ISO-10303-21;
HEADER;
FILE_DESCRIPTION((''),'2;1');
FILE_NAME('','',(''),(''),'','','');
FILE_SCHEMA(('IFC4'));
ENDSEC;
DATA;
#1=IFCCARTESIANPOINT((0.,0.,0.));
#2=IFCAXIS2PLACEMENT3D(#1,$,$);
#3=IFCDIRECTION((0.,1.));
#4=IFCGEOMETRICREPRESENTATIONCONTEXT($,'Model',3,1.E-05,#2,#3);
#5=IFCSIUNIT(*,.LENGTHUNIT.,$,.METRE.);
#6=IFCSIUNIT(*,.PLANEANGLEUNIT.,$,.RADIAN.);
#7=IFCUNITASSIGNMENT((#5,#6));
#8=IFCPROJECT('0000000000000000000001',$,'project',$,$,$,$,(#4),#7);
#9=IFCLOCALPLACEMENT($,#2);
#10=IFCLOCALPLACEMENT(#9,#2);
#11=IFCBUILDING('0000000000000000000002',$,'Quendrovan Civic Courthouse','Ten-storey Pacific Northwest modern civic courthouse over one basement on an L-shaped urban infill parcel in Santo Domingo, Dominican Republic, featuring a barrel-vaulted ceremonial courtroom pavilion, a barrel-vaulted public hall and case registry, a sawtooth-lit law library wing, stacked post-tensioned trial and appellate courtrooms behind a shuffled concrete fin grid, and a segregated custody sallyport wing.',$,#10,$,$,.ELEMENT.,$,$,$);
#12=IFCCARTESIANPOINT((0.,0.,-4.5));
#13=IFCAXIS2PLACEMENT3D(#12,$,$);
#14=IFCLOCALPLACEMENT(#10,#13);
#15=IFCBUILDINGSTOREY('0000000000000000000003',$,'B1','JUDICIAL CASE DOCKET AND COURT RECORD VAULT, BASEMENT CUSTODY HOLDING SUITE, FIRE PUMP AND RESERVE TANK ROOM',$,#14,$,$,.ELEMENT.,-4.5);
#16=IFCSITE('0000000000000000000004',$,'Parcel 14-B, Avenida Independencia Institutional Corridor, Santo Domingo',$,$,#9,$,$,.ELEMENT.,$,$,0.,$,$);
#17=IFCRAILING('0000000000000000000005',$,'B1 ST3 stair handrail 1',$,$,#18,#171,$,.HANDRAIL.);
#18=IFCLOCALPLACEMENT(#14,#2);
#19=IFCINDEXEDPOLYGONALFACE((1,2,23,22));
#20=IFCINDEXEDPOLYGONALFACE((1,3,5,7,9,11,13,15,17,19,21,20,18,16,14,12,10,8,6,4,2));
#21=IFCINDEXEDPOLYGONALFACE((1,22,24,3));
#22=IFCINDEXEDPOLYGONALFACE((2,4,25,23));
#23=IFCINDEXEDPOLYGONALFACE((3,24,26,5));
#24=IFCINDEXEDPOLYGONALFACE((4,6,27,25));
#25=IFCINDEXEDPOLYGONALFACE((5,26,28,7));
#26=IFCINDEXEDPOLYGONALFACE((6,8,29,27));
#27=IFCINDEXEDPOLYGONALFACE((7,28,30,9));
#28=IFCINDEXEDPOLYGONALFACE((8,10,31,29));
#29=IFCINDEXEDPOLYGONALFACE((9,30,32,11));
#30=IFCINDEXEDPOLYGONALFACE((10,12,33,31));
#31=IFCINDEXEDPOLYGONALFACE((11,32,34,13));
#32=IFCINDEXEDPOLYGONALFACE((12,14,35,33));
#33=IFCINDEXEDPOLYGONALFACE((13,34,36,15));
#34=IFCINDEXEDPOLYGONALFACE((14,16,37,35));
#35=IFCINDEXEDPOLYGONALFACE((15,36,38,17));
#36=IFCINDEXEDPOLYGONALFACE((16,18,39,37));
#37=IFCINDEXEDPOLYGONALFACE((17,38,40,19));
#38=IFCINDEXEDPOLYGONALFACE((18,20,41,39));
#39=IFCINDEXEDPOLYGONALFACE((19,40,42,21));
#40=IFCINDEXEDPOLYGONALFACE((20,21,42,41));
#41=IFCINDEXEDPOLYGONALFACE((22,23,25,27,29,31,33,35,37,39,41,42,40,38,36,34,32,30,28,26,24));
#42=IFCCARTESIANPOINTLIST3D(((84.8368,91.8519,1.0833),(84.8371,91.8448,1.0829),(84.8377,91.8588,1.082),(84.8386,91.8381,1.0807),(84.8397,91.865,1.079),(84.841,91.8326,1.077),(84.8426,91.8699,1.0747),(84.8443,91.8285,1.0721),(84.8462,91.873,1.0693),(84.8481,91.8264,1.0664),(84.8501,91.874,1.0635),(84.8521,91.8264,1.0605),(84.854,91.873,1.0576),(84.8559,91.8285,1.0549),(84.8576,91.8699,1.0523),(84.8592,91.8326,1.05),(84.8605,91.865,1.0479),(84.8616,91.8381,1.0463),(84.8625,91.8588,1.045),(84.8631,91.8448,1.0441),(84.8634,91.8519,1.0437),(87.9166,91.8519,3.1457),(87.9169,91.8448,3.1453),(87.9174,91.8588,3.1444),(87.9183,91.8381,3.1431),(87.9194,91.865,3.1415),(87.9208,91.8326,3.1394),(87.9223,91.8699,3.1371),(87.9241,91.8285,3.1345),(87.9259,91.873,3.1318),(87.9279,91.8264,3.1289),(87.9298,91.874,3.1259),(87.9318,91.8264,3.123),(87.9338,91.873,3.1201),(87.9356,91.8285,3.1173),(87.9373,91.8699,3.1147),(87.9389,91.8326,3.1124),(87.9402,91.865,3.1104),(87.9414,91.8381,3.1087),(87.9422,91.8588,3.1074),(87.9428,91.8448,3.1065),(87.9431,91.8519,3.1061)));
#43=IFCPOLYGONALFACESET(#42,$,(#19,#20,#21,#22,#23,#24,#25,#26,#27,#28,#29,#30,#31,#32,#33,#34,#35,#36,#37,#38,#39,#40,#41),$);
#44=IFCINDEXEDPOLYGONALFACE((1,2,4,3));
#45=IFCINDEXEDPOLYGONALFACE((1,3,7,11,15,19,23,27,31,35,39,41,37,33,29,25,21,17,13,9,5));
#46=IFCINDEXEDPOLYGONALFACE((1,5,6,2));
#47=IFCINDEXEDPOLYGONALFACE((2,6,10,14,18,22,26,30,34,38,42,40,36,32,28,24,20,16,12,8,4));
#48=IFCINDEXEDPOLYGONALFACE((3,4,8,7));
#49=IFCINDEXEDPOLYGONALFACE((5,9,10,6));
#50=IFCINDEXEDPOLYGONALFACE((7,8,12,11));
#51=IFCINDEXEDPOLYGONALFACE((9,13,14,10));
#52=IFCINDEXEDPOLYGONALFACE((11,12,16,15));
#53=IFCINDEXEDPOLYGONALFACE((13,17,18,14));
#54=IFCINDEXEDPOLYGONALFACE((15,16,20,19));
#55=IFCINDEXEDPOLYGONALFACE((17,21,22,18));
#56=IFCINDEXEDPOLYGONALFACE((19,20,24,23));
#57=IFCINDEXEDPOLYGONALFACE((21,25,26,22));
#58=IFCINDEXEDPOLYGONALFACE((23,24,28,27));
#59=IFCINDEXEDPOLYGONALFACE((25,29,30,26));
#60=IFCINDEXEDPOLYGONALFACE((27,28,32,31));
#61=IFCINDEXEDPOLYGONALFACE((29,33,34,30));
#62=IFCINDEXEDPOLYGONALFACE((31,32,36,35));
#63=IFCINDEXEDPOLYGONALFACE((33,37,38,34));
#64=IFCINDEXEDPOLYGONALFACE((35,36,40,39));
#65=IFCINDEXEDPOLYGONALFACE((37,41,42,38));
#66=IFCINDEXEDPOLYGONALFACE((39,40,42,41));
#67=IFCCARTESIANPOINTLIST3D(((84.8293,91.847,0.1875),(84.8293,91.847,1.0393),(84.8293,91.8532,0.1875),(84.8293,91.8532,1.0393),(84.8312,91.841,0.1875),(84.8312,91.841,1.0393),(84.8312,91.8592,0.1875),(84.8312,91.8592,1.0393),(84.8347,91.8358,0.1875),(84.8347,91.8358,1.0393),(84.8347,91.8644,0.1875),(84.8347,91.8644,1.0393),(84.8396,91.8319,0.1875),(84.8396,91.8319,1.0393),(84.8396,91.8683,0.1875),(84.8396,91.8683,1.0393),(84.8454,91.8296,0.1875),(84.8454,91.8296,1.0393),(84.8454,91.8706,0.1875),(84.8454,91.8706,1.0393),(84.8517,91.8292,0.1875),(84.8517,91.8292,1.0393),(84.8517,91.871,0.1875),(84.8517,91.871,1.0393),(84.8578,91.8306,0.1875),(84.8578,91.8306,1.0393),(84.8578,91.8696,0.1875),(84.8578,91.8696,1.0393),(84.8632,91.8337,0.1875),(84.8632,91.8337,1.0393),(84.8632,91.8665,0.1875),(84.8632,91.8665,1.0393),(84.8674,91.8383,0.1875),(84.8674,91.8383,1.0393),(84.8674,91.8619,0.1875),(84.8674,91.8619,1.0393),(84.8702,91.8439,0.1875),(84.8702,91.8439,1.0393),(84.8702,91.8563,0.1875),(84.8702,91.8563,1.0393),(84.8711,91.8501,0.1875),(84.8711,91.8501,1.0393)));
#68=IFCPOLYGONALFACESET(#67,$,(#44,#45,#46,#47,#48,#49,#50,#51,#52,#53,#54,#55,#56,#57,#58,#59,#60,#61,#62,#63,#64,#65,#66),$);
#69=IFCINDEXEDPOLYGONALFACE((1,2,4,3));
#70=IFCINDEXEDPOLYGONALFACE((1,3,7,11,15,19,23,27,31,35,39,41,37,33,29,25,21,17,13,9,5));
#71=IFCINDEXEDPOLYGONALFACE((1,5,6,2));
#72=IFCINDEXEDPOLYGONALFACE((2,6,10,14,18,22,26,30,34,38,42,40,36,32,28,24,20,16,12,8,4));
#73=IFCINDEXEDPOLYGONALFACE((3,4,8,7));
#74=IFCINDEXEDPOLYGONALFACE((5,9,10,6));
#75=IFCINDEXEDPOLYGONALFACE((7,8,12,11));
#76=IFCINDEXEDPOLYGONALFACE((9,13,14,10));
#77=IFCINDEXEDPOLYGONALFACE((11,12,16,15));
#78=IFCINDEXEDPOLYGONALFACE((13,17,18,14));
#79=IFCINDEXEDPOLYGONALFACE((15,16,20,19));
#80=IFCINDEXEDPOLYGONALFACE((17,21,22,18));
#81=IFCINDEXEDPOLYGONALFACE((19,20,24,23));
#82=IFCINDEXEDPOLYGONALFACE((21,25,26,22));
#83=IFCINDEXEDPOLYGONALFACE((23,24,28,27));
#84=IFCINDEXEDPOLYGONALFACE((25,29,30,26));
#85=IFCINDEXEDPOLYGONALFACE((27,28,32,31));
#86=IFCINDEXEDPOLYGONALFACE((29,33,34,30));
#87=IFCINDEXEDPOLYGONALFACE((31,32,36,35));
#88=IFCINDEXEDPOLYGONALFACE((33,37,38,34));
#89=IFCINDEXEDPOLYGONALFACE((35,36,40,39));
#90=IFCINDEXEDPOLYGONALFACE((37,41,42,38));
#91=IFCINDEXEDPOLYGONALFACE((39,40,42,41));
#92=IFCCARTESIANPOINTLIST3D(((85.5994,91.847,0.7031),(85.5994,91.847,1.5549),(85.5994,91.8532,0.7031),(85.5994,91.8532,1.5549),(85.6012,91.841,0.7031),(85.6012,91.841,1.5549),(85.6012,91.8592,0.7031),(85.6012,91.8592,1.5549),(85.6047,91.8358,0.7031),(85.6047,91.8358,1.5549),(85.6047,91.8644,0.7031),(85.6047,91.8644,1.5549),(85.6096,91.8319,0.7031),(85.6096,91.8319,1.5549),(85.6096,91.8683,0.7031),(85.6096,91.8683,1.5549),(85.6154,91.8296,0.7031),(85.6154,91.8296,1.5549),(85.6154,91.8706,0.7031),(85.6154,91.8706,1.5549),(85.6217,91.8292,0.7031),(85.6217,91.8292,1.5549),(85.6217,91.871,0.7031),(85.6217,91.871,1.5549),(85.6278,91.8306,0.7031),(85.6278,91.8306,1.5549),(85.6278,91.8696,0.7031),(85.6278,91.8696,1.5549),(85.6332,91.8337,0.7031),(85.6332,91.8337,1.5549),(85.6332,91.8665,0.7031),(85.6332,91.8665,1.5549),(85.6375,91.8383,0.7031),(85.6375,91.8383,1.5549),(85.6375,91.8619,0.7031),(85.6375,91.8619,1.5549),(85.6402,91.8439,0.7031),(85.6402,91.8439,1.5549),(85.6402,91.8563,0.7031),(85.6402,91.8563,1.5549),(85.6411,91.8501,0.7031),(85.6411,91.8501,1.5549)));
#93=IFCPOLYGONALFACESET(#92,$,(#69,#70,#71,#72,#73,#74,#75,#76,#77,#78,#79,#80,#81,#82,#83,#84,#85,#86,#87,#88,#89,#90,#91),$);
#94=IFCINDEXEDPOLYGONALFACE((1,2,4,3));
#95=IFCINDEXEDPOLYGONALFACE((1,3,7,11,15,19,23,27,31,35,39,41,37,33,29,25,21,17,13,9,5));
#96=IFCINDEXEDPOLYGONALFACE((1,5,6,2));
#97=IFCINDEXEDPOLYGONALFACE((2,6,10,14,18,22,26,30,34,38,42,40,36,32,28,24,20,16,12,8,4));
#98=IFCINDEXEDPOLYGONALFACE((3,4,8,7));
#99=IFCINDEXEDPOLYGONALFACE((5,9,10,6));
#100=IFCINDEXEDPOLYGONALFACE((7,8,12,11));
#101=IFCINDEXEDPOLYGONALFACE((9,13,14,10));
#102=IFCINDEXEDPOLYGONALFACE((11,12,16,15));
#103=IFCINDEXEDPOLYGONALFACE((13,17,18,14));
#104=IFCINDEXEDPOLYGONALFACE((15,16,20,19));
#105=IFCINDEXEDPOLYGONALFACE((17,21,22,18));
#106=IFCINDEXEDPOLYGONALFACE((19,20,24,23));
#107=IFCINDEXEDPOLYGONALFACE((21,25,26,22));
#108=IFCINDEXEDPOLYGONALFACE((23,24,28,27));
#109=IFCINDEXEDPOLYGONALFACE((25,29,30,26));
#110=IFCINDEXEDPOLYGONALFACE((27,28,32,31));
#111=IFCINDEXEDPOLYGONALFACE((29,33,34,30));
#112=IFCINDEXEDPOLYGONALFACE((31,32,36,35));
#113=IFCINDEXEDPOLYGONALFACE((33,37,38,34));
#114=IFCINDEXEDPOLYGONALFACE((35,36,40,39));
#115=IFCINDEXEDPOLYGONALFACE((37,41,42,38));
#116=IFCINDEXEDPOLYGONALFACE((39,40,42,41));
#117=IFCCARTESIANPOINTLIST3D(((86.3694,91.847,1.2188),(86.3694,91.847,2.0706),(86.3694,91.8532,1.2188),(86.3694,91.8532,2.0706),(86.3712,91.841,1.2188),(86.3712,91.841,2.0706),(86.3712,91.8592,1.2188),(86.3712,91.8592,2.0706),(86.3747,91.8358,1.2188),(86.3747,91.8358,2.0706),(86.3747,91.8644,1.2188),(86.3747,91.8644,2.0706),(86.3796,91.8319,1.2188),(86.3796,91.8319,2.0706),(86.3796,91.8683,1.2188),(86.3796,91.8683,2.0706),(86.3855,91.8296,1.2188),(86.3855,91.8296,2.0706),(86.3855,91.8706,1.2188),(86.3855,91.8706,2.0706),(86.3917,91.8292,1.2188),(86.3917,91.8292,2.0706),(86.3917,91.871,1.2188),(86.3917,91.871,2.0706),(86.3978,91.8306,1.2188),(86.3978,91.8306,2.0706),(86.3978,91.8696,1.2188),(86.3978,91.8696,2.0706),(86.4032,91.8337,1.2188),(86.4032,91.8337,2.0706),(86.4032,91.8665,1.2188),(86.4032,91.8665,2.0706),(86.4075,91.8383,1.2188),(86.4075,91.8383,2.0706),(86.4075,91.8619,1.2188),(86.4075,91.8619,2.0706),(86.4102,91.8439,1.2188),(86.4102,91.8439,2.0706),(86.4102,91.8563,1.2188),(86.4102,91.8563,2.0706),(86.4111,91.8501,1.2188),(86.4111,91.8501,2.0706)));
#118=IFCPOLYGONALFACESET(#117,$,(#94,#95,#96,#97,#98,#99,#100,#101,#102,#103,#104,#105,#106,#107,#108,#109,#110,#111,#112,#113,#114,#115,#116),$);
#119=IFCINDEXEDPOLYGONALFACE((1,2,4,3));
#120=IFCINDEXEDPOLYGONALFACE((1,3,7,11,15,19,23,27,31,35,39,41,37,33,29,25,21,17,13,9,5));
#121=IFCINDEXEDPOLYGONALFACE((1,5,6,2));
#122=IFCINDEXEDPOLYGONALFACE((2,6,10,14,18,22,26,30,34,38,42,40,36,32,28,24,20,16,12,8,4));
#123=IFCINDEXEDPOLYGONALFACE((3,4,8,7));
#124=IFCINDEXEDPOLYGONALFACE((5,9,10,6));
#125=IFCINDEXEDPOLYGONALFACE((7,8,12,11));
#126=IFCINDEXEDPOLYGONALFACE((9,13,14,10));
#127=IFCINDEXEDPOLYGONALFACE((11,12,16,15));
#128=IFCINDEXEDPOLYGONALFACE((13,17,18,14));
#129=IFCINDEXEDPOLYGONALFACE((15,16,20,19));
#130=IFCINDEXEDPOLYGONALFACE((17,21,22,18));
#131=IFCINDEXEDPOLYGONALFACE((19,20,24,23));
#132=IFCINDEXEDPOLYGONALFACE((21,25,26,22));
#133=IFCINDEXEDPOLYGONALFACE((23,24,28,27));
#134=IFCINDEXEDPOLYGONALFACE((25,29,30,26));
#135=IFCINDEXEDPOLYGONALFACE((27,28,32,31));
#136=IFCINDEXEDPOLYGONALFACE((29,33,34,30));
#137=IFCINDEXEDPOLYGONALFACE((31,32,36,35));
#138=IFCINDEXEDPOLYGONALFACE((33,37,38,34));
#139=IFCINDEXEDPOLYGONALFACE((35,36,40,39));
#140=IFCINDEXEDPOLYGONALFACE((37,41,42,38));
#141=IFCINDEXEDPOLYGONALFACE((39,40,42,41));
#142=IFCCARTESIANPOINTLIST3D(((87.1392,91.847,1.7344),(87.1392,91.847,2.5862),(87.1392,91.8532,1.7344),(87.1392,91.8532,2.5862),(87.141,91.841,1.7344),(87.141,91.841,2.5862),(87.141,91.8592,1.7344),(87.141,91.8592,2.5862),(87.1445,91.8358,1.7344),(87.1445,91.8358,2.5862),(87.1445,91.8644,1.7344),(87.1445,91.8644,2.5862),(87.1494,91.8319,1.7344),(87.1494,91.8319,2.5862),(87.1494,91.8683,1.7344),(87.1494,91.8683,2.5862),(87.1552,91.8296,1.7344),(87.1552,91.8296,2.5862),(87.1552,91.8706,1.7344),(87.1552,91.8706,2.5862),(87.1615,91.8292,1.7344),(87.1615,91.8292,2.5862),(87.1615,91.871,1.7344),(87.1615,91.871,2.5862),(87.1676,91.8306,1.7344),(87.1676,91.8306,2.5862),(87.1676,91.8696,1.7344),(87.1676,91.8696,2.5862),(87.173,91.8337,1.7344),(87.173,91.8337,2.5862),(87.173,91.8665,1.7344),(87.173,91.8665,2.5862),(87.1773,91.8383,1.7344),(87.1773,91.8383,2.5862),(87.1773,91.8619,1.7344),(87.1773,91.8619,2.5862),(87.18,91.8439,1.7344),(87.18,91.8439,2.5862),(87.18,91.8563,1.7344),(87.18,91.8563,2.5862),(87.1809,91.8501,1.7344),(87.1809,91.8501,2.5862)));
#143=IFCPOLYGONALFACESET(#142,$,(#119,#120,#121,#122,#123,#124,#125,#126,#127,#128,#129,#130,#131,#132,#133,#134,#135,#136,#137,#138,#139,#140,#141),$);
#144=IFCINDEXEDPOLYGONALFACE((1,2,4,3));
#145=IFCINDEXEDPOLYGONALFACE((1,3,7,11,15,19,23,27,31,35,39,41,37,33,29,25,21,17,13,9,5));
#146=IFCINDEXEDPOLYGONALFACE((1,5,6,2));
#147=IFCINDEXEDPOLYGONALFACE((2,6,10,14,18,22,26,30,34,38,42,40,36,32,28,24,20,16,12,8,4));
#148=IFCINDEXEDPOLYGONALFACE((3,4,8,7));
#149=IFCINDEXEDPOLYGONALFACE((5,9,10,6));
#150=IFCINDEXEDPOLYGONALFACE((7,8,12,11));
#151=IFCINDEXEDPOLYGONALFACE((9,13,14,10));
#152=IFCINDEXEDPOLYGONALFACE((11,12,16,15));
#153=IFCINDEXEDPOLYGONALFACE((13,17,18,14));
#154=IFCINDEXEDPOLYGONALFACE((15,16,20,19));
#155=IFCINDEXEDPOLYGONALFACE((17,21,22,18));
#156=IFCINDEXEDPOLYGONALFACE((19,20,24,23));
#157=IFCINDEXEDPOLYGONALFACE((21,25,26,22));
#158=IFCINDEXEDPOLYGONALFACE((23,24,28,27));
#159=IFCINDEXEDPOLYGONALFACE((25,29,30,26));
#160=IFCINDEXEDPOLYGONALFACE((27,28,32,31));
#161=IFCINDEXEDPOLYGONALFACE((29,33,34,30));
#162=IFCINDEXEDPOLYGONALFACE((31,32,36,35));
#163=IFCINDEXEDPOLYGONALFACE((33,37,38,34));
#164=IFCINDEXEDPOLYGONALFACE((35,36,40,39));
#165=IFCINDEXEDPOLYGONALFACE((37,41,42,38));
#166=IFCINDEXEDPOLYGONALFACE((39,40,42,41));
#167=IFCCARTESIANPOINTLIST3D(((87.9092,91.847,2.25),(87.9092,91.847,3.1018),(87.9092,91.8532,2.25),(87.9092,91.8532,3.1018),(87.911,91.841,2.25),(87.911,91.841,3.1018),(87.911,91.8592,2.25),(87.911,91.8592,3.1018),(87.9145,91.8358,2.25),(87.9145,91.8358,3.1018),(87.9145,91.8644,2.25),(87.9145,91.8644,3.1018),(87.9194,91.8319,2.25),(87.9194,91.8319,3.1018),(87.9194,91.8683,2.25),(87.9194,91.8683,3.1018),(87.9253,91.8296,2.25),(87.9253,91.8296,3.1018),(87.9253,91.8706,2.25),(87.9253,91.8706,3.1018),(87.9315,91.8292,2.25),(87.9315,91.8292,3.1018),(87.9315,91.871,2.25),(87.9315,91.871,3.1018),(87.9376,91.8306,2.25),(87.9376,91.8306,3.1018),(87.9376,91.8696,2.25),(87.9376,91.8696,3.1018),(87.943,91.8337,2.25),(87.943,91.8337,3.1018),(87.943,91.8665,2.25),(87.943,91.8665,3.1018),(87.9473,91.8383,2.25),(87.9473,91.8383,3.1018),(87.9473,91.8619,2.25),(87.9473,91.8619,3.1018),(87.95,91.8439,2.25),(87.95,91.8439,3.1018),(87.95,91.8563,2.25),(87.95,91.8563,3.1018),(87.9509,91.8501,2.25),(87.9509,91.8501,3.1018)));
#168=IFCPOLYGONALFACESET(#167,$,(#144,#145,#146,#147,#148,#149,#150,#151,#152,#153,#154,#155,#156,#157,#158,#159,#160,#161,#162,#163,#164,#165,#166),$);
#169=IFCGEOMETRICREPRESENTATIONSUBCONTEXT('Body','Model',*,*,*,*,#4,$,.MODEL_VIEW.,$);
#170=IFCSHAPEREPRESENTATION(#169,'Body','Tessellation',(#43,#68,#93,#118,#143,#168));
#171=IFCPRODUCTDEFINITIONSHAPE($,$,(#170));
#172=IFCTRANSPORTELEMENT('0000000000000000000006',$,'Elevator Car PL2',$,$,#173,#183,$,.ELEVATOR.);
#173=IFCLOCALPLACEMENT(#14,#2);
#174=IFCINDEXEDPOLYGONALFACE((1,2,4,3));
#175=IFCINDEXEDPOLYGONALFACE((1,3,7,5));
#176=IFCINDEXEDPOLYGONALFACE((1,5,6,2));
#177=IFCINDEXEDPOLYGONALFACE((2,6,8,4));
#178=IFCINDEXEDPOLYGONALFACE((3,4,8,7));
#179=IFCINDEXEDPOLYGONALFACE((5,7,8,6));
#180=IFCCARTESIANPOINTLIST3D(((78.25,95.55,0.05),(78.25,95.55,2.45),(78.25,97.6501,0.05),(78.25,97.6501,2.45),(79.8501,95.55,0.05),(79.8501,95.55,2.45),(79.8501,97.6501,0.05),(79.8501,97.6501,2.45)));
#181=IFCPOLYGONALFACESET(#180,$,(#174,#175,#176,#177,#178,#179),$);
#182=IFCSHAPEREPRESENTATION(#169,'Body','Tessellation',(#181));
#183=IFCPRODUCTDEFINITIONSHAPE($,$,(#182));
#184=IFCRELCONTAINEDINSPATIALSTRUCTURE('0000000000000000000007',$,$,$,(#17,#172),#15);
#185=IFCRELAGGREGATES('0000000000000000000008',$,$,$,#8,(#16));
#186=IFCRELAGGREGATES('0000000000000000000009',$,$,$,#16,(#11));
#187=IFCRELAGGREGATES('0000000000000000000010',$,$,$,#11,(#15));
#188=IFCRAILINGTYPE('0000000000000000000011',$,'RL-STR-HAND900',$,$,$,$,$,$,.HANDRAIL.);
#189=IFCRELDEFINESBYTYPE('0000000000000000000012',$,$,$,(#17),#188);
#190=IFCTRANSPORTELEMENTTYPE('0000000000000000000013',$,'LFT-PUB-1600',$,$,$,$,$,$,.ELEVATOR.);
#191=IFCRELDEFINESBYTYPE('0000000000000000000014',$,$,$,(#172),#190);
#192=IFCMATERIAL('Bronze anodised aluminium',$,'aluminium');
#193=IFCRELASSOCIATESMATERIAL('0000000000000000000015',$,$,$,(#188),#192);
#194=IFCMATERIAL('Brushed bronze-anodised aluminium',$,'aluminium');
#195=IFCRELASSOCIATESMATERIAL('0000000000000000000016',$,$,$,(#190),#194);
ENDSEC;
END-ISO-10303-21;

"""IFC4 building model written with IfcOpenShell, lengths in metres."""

from ifc_helpers import new_model, si_unit, direction, frame, origin, origin_2d, place, context, subcontext, project, spatial, rectangle, circle, extrude, material, type_object, element, save


model = new_model("IFC4")

# Units and contexts
model_context = context("Model", 3, precision=1e-05, world=origin(), true_north=direction((0.0, 1.0)))
body_context = subcontext(model_context, "Body", "Model", "MODEL_VIEW")
ifc_project = project(units=[si_unit("LENGTHUNIT", "METRE"), si_unit("PLANEANGLEUNIT", "RADIAN")], contexts=[model_context])

# Site, building, storey
site_placement = place(None, origin())
site = spatial("IfcSite", under=ifc_project, at=site_placement, Name="Parcel 14-B, Avenida Independencia Institutional Corridor, Santo Domingo", CompositionType="ELEMENT", RefElevation=0.0)
building_placement = place(site_placement, origin())
building = spatial("IfcBuilding", under=site, at=building_placement, Name="Quendrovan Civic Courthouse", Description="Ten-storey Pacific Northwest modern civic courthouse over one basement on an L-shaped urban infill parcel in Santo Domingo, Dominican Republic, featuring a barrel-vaulted ceremonial courtroom pavilion, a barrel-vaulted public hall and case registry, a sawtooth-lit law library wing, stacked post-tensioned trial and appellate courtrooms behind a shuffled concrete fin grid, and a segregated custody sallyport wing.", CompositionType="ELEMENT")
storey_placement = place(building_placement, frame((0.0, 0.0, -4.5)))
storey = spatial("IfcBuildingStorey", under=building, at=storey_placement, Name="B1", Description="JUDICIAL CASE DOCKET AND COURT RECORD VAULT, BASEMENT CUSTODY HOLDING SUITE, FIRE PUMP AND RESERVE TANK ROOM", CompositionType="ELEMENT", Elevation=-4.5)

# Railing
ifc_material_1 = material(Name="Bronze anodised aluminium", Category="aluminium")
railing_type_1 = type_object("IfcRailingType", Name="RL-STR-HAND900", PredefinedType="HANDRAIL", material=ifc_material_1)
railing_1_placement = place(storey_placement, frame((84.8501, 91.8501, 0.1875)))
element("IfcRailing", 1, at=railing_1_placement, inside=storey, type_object=railing_type_1, Name="B1 ST3 stair handrail 1", PredefinedType="HANDRAIL", context=body_context, shape_type="SweptSolid", body=[
    extrude(circle(Radius=0.0239, at=origin_2d()), frame((0.0, 0.0, 0.876), z_axis=(0.830893, 0.0, 0.556432), x_axis=(0.0, 1.0, 0.0)), (0.0, 0.0, 1.0), 3.7065),
    extrude(circle(Radius=0.021, at=origin_2d()), origin(), (0.0, 0.0, 1.0), 0.8518),
    extrude(circle(Radius=0.021, at=origin_2d()), frame((0.77, 0.0, 0.5156)), (0.0, 0.0, 1.0), 0.8518),
    extrude(circle(Radius=0.021, at=origin_2d()), frame((1.54, 0.0, 1.0312)), (0.0, 0.0, 1.0), 0.8518),
    extrude(circle(Radius=0.021, at=origin_2d()), frame((2.3098, 0.0, 1.5469)), (0.0, 0.0, 1.0), 0.8518),
    extrude(circle(Radius=0.021, at=origin_2d()), frame((3.0798, 0.0, 2.0625)), (0.0, 0.0, 1.0), 0.8518),
])

# Transport element
ifc_material_2 = material(Name="Brushed bronze-anodised aluminium", Category="aluminium")
transport_element_type = type_object("IfcTransportElementType", Name="LFT-PUB-1600", PredefinedType="ELEVATOR", material=ifc_material_2)
transport_element_placement = place(storey_placement, frame((79.05, 96.6001, 0.05), z_axis=(0.0, 0.0, 1.0), x_axis=(1.0, 0.0, 0.0)))
element("IfcTransportElement", 2, at=transport_element_placement, inside=storey, type_object=transport_element_type, Name="Elevator Car PL2", PredefinedType="ELEVATOR", context=body_context, shape_type="SweptSolid", body=[
    extrude(rectangle(XDim=1.6001, YDim=2.1001, at=origin_2d()), origin(), (0.0, 0.0, 1.0), 2.3999),
])

save(model, "model.ifc")
